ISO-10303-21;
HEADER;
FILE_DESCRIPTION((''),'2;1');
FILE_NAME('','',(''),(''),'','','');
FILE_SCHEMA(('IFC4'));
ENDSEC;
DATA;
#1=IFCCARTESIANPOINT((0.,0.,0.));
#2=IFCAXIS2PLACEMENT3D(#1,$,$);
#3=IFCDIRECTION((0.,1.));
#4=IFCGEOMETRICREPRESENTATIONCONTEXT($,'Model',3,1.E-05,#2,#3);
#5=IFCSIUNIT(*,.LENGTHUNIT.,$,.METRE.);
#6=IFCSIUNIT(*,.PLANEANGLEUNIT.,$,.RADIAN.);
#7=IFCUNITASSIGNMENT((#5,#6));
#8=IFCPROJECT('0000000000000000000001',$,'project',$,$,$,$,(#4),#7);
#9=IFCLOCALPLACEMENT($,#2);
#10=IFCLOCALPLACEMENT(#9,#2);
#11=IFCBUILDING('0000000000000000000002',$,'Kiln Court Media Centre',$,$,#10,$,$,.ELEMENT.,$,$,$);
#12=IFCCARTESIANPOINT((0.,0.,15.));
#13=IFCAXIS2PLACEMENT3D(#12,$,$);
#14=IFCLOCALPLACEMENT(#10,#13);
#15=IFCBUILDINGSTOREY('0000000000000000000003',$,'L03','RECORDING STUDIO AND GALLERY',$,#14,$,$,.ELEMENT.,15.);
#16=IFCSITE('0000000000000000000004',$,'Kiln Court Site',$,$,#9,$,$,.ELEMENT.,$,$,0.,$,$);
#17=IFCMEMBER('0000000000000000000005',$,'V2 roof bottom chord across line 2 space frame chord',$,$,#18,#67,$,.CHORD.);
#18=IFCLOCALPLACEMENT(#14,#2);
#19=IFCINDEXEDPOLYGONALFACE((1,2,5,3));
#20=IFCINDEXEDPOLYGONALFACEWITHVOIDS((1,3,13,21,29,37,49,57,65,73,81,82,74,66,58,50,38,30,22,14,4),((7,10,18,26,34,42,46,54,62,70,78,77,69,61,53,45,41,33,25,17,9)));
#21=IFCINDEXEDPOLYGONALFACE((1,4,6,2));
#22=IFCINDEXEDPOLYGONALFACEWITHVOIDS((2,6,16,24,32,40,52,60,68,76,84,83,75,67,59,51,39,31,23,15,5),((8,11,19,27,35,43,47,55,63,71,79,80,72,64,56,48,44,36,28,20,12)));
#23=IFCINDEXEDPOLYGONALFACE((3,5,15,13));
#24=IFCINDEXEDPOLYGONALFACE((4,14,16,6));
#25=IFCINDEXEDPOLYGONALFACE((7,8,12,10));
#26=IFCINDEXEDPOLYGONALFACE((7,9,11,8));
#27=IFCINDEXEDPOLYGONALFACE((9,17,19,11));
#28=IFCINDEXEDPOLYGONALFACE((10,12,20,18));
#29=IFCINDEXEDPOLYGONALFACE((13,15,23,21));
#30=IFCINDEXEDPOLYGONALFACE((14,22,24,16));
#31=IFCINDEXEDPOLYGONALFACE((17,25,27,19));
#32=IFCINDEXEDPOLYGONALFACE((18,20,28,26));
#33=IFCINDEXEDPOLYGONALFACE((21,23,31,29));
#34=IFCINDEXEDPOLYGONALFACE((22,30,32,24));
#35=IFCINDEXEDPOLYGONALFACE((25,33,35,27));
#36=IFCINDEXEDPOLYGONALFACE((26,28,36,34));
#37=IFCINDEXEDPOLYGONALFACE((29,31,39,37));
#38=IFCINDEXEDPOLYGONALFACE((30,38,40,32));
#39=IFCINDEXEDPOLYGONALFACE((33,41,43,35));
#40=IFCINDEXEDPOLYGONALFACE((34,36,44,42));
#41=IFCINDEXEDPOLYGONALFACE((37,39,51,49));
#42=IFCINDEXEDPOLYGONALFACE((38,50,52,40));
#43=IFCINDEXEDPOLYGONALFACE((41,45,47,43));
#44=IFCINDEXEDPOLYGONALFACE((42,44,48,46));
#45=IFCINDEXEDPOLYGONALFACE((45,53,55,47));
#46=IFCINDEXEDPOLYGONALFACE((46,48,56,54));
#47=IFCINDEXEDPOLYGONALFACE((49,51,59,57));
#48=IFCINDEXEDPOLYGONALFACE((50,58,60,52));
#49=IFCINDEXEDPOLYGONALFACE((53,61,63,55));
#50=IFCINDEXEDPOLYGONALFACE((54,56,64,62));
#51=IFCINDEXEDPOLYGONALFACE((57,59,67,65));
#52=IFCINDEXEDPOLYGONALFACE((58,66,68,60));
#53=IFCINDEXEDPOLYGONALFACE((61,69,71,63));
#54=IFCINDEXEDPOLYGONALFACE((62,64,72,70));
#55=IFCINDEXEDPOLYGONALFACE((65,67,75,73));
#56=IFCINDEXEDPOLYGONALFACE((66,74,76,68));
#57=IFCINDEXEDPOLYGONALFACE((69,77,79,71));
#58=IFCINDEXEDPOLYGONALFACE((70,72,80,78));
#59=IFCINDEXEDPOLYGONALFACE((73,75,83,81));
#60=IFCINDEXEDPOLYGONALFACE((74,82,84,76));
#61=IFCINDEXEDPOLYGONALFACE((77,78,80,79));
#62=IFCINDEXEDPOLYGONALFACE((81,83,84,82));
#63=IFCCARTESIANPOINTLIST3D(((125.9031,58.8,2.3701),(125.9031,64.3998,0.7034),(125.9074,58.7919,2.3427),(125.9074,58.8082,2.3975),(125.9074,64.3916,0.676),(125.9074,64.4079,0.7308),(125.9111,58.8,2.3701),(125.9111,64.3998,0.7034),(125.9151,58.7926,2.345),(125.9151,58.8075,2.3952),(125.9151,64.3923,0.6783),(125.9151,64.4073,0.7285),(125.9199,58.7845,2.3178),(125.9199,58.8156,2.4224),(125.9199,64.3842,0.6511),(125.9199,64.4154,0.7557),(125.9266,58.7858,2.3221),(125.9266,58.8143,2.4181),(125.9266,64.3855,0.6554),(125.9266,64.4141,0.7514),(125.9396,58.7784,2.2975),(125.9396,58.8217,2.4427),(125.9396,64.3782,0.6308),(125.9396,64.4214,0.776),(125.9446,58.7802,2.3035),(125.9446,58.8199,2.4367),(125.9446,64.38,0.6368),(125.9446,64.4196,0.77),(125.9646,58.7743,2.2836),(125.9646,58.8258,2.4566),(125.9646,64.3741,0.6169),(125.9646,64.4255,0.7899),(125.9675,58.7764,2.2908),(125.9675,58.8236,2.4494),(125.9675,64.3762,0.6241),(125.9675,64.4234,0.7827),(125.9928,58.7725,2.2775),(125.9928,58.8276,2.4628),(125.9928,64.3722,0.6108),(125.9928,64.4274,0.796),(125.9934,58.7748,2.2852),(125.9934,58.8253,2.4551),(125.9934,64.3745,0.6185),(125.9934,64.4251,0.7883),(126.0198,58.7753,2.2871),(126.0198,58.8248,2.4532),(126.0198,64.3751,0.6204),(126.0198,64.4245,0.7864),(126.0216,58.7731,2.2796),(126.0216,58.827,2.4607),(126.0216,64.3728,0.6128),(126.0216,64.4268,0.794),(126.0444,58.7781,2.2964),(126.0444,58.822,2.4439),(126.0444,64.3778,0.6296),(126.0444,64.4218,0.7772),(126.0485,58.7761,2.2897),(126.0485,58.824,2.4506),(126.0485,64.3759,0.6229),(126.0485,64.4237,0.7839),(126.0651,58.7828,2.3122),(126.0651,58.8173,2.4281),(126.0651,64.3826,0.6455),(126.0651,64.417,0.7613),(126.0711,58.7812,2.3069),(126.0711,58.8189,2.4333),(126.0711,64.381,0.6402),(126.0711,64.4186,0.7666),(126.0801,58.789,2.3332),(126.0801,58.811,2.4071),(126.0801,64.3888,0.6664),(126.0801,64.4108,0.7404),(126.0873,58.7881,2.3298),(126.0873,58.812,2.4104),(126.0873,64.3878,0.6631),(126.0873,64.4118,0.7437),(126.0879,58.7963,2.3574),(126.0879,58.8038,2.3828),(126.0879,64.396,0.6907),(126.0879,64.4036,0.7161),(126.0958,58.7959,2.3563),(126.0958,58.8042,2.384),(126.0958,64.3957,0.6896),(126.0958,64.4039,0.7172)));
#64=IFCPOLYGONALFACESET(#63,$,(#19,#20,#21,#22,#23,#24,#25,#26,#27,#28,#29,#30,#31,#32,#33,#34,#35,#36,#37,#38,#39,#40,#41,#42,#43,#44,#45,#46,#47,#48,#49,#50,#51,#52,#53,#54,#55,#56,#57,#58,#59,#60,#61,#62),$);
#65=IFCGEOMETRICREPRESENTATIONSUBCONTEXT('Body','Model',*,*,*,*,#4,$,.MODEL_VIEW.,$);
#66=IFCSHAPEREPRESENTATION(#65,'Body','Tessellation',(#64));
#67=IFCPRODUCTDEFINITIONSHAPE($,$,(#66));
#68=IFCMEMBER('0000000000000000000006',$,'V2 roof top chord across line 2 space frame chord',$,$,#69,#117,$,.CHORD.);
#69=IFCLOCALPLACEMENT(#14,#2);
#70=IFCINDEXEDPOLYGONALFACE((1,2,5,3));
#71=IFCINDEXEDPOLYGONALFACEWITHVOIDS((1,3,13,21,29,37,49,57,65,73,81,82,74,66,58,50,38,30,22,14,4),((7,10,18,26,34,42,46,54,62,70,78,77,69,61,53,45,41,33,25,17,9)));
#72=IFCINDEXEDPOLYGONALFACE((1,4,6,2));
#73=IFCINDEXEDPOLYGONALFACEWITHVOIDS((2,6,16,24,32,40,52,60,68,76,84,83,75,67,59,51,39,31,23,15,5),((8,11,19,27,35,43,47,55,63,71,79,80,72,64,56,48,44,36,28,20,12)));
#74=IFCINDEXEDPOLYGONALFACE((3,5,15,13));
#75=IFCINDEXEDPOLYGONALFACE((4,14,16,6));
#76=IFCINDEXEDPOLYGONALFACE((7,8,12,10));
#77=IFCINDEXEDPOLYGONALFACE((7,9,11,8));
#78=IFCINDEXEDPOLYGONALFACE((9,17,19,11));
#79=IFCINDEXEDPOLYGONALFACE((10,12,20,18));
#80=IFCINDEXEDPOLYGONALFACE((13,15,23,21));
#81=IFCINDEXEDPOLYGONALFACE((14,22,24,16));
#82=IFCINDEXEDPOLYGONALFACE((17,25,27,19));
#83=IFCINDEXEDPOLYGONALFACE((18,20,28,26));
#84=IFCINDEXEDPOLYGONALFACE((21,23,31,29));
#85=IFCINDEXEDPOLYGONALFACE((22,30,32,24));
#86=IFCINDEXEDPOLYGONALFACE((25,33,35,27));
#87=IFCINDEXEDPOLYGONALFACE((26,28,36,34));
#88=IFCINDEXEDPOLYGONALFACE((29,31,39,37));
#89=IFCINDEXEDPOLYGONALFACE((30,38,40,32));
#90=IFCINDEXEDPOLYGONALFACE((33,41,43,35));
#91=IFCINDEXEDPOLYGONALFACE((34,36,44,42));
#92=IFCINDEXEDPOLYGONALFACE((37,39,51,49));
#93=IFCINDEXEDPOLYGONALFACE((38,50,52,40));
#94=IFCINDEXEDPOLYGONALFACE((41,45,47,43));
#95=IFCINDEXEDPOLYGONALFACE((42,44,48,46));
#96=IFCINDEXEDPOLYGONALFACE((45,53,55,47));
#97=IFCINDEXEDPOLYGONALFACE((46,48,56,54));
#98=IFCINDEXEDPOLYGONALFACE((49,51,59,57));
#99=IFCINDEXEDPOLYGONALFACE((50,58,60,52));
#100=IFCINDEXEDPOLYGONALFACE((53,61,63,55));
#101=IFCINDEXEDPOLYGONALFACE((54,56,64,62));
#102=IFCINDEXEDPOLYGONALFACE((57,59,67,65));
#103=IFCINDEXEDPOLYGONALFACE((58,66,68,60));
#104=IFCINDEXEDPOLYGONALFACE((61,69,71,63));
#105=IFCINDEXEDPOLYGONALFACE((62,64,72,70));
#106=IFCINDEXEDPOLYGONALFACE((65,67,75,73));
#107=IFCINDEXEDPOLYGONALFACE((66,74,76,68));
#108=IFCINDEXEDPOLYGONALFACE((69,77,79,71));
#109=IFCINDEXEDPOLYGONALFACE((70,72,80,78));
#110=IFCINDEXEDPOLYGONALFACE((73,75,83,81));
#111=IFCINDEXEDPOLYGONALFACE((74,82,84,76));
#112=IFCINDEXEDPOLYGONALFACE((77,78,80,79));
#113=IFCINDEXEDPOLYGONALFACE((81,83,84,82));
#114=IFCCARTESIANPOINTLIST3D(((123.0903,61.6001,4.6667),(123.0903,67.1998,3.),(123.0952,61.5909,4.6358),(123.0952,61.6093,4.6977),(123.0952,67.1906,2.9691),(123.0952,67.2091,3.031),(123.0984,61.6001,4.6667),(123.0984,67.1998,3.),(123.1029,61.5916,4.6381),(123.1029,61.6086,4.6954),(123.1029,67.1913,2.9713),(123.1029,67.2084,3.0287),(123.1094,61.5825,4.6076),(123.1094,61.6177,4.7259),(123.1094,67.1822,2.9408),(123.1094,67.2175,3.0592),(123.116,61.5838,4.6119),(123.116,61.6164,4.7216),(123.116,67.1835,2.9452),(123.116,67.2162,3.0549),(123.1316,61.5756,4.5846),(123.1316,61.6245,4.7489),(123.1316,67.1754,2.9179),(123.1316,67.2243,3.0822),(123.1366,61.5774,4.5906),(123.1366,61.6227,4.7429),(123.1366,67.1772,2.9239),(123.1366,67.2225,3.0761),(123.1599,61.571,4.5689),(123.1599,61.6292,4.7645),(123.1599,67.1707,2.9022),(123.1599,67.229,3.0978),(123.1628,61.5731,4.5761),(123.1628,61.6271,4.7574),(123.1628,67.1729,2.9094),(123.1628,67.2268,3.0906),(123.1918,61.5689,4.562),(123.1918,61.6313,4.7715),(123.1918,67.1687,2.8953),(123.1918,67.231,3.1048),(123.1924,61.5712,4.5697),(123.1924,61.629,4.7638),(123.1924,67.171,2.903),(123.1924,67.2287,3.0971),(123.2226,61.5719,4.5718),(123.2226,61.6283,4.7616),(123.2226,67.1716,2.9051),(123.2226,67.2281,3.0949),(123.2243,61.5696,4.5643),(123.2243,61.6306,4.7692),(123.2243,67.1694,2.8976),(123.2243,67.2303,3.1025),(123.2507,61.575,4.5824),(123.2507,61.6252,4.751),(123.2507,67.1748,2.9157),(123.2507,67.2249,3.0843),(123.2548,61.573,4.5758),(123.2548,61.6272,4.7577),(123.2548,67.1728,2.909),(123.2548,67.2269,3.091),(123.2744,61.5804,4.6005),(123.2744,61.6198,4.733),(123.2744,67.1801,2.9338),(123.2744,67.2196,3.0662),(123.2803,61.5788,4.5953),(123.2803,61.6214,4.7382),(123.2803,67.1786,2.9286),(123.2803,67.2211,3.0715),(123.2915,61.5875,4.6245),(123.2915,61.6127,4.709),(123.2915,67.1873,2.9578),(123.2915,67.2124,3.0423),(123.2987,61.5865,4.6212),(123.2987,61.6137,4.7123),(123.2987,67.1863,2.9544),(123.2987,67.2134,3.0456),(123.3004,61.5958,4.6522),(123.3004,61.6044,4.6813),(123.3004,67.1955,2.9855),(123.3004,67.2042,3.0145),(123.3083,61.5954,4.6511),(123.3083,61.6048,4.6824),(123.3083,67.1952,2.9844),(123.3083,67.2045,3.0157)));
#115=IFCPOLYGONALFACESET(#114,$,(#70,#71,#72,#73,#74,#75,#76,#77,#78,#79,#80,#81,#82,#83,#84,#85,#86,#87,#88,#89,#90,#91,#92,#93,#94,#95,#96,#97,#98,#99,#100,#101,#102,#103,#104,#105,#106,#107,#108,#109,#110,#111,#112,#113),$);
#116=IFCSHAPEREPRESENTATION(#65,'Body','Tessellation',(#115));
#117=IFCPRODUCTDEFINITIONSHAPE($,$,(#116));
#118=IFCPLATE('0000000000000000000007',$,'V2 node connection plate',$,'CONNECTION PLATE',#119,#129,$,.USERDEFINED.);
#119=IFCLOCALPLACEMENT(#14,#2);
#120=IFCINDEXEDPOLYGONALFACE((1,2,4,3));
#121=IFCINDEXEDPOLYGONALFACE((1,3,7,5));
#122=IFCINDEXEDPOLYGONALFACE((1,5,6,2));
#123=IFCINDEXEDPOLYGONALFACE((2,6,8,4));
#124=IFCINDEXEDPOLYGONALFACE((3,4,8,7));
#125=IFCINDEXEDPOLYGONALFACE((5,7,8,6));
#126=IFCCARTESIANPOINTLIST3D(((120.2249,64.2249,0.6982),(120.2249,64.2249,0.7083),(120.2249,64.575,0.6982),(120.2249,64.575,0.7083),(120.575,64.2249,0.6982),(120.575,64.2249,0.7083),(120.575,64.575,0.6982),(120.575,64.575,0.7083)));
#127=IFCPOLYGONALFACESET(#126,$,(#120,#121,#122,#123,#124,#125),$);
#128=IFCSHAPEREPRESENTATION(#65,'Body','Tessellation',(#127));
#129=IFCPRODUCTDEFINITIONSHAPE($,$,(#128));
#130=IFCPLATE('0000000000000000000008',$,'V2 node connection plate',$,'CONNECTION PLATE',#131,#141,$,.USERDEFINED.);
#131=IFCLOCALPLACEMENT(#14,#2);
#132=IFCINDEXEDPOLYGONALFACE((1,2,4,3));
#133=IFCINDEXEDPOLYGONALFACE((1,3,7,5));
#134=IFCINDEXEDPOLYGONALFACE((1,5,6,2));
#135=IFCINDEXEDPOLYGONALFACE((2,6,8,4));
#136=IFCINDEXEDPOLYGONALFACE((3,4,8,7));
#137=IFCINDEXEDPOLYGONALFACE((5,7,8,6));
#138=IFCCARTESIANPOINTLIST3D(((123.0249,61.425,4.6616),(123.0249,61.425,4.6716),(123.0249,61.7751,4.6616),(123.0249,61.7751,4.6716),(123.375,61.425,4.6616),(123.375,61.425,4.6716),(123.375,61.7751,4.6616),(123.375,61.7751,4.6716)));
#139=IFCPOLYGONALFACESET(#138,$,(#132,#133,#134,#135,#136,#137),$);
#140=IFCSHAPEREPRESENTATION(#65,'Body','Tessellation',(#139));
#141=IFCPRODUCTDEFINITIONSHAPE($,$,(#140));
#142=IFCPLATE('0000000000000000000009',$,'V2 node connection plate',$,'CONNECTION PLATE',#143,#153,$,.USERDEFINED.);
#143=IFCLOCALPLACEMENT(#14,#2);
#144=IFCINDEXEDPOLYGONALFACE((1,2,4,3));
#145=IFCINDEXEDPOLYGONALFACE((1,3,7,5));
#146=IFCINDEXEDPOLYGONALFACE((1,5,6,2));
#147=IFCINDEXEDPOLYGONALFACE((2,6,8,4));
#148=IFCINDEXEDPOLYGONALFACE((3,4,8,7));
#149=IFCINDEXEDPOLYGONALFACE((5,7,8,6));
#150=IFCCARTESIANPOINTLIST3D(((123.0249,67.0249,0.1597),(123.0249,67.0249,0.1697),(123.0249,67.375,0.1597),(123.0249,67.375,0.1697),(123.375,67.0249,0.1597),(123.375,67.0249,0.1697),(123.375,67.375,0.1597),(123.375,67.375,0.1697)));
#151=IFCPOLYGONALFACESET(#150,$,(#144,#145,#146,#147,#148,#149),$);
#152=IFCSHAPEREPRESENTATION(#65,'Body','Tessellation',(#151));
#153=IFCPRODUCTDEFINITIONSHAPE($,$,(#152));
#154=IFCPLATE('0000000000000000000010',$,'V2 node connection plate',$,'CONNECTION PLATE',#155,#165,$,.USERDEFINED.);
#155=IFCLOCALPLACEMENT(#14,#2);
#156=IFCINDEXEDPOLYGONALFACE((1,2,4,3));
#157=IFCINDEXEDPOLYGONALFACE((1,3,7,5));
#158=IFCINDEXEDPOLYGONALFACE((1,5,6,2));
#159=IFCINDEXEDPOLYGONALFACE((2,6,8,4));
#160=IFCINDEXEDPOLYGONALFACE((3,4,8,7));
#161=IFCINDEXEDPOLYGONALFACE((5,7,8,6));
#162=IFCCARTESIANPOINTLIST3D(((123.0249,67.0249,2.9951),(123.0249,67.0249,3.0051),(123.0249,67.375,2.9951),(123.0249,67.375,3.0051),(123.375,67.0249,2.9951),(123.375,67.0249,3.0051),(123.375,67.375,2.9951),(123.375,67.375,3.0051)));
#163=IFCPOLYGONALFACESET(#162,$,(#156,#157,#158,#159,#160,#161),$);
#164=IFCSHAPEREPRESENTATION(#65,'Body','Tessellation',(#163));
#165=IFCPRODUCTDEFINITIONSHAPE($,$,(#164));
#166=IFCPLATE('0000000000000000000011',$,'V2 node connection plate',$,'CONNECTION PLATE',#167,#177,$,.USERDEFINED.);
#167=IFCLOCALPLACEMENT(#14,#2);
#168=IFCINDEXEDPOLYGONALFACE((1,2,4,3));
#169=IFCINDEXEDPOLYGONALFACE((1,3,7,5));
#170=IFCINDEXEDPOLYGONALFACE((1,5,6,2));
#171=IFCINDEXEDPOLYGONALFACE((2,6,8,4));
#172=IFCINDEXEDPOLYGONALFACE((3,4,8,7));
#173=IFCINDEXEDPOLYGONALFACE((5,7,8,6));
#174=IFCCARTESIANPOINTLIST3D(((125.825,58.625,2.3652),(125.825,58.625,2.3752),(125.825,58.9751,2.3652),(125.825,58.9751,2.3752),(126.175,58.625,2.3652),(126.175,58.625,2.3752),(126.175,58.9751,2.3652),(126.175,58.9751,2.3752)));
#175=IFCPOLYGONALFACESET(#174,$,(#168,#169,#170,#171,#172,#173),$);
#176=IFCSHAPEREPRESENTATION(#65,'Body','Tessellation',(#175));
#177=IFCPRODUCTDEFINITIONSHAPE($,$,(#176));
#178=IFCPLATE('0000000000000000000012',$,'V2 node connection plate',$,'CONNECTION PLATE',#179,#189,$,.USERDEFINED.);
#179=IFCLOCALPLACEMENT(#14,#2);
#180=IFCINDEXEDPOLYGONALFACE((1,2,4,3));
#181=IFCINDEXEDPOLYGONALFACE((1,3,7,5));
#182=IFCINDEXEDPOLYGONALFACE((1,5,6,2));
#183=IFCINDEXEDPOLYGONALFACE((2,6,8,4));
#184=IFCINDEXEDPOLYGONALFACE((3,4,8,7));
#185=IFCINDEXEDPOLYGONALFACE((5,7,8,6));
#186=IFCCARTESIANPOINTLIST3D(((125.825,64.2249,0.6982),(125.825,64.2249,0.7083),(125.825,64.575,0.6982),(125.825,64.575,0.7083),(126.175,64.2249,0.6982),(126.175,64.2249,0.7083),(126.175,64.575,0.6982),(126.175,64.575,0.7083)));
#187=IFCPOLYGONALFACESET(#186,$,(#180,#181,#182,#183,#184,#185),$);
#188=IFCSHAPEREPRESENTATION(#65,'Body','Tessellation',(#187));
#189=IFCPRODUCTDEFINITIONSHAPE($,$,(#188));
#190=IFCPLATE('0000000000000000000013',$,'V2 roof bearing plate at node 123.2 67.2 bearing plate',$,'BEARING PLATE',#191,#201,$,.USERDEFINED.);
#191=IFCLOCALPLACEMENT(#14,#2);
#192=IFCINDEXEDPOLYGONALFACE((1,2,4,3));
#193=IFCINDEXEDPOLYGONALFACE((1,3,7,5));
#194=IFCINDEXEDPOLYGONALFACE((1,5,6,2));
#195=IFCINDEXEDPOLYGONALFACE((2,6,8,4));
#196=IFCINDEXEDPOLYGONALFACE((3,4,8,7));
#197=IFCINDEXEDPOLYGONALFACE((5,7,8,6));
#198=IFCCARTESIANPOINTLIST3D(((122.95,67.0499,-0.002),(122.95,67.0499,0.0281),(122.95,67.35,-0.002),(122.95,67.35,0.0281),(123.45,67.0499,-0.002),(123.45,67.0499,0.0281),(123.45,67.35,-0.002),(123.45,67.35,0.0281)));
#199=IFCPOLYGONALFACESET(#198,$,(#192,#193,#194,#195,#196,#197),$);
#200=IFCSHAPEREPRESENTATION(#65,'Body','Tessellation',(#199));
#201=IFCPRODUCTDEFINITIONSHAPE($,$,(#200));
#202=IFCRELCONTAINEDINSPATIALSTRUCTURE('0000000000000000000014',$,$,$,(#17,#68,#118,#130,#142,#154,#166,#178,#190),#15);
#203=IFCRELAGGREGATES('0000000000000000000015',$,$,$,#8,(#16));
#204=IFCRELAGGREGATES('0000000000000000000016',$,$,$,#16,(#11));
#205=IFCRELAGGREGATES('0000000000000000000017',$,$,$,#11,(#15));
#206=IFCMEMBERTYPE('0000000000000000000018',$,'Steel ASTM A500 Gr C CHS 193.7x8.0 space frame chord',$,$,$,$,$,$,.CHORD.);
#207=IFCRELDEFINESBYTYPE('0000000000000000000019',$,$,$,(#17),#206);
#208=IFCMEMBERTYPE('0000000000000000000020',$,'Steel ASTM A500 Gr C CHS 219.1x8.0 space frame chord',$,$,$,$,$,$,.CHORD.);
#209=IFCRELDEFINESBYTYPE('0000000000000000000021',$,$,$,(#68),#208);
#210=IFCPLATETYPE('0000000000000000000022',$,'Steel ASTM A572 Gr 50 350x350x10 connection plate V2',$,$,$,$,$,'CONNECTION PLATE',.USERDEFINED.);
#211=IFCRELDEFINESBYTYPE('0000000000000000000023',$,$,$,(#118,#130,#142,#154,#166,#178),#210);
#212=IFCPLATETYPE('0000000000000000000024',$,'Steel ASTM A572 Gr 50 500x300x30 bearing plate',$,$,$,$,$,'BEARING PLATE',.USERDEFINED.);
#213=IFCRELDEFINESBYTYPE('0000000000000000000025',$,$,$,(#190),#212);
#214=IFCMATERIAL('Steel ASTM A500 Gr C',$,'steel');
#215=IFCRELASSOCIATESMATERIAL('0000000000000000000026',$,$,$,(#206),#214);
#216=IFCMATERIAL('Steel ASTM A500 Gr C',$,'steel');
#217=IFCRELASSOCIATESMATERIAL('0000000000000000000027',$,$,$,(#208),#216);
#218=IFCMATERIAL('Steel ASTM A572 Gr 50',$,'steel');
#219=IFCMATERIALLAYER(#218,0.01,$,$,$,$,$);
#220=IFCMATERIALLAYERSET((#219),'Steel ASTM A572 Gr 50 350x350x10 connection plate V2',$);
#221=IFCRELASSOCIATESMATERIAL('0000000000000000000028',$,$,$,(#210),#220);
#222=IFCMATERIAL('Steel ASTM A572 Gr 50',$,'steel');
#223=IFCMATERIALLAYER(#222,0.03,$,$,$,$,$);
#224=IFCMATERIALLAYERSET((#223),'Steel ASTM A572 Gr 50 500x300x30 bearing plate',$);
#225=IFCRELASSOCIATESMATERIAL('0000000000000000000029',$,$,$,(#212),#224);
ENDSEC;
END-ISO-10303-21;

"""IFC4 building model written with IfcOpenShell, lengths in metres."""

from ifc_helpers import new_model, si_unit, direction, frame, origin, origin_2d, place, context, subcontext, project, spatial, rectangle, hollow_circle, extrude, material, layer, layer_set, material_profile, profile_set, type_object, element, save


model = new_model("IFC4")

# Units and contexts
model_context = context("Model", 3, precision=1e-05, world=origin(), true_north=direction((0.0, 1.0)))
body_context = subcontext(model_context, "Body", "Model", "MODEL_VIEW")
ifc_project = project(units=[si_unit("LENGTHUNIT", "METRE"), si_unit("PLANEANGLEUNIT", "RADIAN")], contexts=[model_context])

# Site, building, storey
site_placement = place(None, origin())
site = spatial("IfcSite", under=ifc_project, at=site_placement, Name="Kiln Court Site", CompositionType="ELEMENT", RefElevation=0.0)
building_placement = place(site_placement, origin())
building = spatial("IfcBuilding", under=site, at=building_placement, Name="Kiln Court Media Centre", CompositionType="ELEMENT")
storey_placement = place(building_placement, frame((0.0, 0.0, 15.0)))
storey = spatial("IfcBuildingStorey", under=building, at=storey_placement, Name="L03", Description="RECORDING STUDIO AND GALLERY", CompositionType="ELEMENT", Elevation=15.0)

# Members
ifc_material_1 = material(Name="Steel ASTM A500 Gr C", Category="steel")
ifc_material_profile_1 = material_profile(ifc_material_1, hollow_circle(Radius=0.0969, WallThickness=0.0081, at=origin_2d()), Name="CHS 193.7x8.0")
ifc_profile_set_1 = profile_set([ifc_material_profile_1], Name="Steel ASTM A500 Gr C")
member_type_1 = type_object("IfcMemberType", Name="Steel ASTM A500 Gr C CHS 193.7x8.0 space frame chord", PredefinedType="CHORD", material=ifc_profile_set_1)
member_1_placement = place(storey_placement, frame((126.0, 58.8, 2.3701), z_axis=(0.0, 0.958446, -0.285273), x_axis=(-1.0, 0.0, 0.0)))
element("IfcMember", 1, at=member_1_placement, inside=storey, type_object=member_type_1, Name="V2 roof bottom chord across line 2 space frame chord", PredefinedType="CHORD", context=body_context, shape_type="SweptSolid", body=[
    extrude(hollow_circle(Radius=0.0969, WallThickness=0.0081, at=origin_2d()), origin(), (0.0, 0.0, 1.0), 5.8425),
])
ifc_material_2 = material(Name="Steel ASTM A500 Gr C", Category="steel")
ifc_material_profile_2 = material_profile(ifc_material_2, hollow_circle(Radius=0.1096, WallThickness=0.0081, at=origin_2d()), Name="CHS 219.1x8.0")
ifc_profile_set_2 = profile_set([ifc_material_profile_2], Name="Steel ASTM A500 Gr C")
member_type_2 = type_object("IfcMemberType", Name="Steel ASTM A500 Gr C CHS 219.1x8.0 space frame chord", PredefinedType="CHORD", material=ifc_profile_set_2)
member_2_placement = place(storey_placement, frame((123.2, 61.6001, 4.6667), z_axis=(0.0, 0.958446, -0.285273), x_axis=(-1.0, 0.0, 0.0)))
element("IfcMember", 2, at=member_2_placement, inside=storey, type_object=member_type_2, Name="V2 roof top chord across line 2 space frame chord", PredefinedType="CHORD", context=body_context, shape_type="SweptSolid", body=[
    extrude(hollow_circle(Radius=0.1096, WallThickness=0.0081, at=origin_2d()), origin(), (0.0, 0.0, 1.0), 5.8425),
])

# Plates
ifc_material_3 = material(Name="Steel ASTM A572 Gr 50", Category="steel")
ifc_layer_1 = layer(ifc_material_3, 0.01)
ifc_layer_set_1 = layer_set([ifc_layer_1], Name="Steel ASTM A572 Gr 50 350x350x10 connection plate V2")
plate_type_1 = type_object("IfcPlateType", Name="Steel ASTM A572 Gr 50 350x350x10 connection plate V2", ElementType="CONNECTION PLATE", PredefinedType="USERDEFINED", material=ifc_layer_set_1)
for number, where, z_axis, x_axis, name in (
    (3, (120.3999, 64.3999, 0.6982), (0.0, 0.0, 1.0), (1.0, 0.0, 0.0), "V2 node connection plate"),
    (4, (123.2, 61.6001, 4.6616), (0.0, 0.0, 1.0), (1.0, 0.0, 0.0), "V2 node connection plate"),
    (5, (123.2, 67.2, 0.1597), (0.0, 0.0, 1.0), (1.0, 0.0, 0.0), "V2 node connection plate"),
    (6, (123.2, 67.2, 2.9951), (0.0, 0.0, 1.0), (1.0, 0.0, 0.0), "V2 node connection plate"),
    (7, (126.0, 58.8, 2.3652), (0.0, 0.0, 1.0), (1.0, 0.0, 0.0), "V2 node connection plate"),
    (8, (126.0, 64.3999, 0.6982), (0.0, 0.0, 1.0), (1.0, 0.0, 0.0), "V2 node connection plate"),
):
    element("IfcPlate", number, at=place(storey_placement, frame(where, z_axis=z_axis, x_axis=x_axis)), inside=storey, type_object=plate_type_1, Name=name, ObjectType="CONNECTION PLATE", PredefinedType="USERDEFINED", context=body_context, shape_type="SweptSolid", body=[
        extrude(rectangle(XDim=0.3501, YDim=0.3501, at=origin_2d()), origin(), (0.0, 0.0, 1.0), 0.01),
    ])
ifc_material_4 = material(Name="Steel ASTM A572 Gr 50", Category="steel")
ifc_layer_2 = layer(ifc_material_4, 0.03)
ifc_layer_set_2 = layer_set([ifc_layer_2], Name="Steel ASTM A572 Gr 50 500x300x30 bearing plate")
plate_type_2 = type_object("IfcPlateType", Name="Steel ASTM A572 Gr 50 500x300x30 bearing plate", ElementType="BEARING PLATE", PredefinedType="USERDEFINED", material=ifc_layer_set_2)
plate_placement = place(storey_placement, frame((123.2, 67.2, -0.002), z_axis=(0.0, 0.0, 1.0), x_axis=(1.0, 0.0, 0.0)))
element("IfcPlate", 9, at=plate_placement, inside=storey, type_object=plate_type_2, Name="V2 roof bearing plate at node 123.2 67.2 bearing plate", ObjectType="BEARING PLATE", PredefinedType="USERDEFINED", context=body_context, shape_type="SweptSolid", body=[
    extrude(rectangle(XDim=0.5, YDim=0.3, at=origin_2d()), origin(), (0.0, 0.0, 1.0), 0.03),
])

save(model, "model.ifc")
